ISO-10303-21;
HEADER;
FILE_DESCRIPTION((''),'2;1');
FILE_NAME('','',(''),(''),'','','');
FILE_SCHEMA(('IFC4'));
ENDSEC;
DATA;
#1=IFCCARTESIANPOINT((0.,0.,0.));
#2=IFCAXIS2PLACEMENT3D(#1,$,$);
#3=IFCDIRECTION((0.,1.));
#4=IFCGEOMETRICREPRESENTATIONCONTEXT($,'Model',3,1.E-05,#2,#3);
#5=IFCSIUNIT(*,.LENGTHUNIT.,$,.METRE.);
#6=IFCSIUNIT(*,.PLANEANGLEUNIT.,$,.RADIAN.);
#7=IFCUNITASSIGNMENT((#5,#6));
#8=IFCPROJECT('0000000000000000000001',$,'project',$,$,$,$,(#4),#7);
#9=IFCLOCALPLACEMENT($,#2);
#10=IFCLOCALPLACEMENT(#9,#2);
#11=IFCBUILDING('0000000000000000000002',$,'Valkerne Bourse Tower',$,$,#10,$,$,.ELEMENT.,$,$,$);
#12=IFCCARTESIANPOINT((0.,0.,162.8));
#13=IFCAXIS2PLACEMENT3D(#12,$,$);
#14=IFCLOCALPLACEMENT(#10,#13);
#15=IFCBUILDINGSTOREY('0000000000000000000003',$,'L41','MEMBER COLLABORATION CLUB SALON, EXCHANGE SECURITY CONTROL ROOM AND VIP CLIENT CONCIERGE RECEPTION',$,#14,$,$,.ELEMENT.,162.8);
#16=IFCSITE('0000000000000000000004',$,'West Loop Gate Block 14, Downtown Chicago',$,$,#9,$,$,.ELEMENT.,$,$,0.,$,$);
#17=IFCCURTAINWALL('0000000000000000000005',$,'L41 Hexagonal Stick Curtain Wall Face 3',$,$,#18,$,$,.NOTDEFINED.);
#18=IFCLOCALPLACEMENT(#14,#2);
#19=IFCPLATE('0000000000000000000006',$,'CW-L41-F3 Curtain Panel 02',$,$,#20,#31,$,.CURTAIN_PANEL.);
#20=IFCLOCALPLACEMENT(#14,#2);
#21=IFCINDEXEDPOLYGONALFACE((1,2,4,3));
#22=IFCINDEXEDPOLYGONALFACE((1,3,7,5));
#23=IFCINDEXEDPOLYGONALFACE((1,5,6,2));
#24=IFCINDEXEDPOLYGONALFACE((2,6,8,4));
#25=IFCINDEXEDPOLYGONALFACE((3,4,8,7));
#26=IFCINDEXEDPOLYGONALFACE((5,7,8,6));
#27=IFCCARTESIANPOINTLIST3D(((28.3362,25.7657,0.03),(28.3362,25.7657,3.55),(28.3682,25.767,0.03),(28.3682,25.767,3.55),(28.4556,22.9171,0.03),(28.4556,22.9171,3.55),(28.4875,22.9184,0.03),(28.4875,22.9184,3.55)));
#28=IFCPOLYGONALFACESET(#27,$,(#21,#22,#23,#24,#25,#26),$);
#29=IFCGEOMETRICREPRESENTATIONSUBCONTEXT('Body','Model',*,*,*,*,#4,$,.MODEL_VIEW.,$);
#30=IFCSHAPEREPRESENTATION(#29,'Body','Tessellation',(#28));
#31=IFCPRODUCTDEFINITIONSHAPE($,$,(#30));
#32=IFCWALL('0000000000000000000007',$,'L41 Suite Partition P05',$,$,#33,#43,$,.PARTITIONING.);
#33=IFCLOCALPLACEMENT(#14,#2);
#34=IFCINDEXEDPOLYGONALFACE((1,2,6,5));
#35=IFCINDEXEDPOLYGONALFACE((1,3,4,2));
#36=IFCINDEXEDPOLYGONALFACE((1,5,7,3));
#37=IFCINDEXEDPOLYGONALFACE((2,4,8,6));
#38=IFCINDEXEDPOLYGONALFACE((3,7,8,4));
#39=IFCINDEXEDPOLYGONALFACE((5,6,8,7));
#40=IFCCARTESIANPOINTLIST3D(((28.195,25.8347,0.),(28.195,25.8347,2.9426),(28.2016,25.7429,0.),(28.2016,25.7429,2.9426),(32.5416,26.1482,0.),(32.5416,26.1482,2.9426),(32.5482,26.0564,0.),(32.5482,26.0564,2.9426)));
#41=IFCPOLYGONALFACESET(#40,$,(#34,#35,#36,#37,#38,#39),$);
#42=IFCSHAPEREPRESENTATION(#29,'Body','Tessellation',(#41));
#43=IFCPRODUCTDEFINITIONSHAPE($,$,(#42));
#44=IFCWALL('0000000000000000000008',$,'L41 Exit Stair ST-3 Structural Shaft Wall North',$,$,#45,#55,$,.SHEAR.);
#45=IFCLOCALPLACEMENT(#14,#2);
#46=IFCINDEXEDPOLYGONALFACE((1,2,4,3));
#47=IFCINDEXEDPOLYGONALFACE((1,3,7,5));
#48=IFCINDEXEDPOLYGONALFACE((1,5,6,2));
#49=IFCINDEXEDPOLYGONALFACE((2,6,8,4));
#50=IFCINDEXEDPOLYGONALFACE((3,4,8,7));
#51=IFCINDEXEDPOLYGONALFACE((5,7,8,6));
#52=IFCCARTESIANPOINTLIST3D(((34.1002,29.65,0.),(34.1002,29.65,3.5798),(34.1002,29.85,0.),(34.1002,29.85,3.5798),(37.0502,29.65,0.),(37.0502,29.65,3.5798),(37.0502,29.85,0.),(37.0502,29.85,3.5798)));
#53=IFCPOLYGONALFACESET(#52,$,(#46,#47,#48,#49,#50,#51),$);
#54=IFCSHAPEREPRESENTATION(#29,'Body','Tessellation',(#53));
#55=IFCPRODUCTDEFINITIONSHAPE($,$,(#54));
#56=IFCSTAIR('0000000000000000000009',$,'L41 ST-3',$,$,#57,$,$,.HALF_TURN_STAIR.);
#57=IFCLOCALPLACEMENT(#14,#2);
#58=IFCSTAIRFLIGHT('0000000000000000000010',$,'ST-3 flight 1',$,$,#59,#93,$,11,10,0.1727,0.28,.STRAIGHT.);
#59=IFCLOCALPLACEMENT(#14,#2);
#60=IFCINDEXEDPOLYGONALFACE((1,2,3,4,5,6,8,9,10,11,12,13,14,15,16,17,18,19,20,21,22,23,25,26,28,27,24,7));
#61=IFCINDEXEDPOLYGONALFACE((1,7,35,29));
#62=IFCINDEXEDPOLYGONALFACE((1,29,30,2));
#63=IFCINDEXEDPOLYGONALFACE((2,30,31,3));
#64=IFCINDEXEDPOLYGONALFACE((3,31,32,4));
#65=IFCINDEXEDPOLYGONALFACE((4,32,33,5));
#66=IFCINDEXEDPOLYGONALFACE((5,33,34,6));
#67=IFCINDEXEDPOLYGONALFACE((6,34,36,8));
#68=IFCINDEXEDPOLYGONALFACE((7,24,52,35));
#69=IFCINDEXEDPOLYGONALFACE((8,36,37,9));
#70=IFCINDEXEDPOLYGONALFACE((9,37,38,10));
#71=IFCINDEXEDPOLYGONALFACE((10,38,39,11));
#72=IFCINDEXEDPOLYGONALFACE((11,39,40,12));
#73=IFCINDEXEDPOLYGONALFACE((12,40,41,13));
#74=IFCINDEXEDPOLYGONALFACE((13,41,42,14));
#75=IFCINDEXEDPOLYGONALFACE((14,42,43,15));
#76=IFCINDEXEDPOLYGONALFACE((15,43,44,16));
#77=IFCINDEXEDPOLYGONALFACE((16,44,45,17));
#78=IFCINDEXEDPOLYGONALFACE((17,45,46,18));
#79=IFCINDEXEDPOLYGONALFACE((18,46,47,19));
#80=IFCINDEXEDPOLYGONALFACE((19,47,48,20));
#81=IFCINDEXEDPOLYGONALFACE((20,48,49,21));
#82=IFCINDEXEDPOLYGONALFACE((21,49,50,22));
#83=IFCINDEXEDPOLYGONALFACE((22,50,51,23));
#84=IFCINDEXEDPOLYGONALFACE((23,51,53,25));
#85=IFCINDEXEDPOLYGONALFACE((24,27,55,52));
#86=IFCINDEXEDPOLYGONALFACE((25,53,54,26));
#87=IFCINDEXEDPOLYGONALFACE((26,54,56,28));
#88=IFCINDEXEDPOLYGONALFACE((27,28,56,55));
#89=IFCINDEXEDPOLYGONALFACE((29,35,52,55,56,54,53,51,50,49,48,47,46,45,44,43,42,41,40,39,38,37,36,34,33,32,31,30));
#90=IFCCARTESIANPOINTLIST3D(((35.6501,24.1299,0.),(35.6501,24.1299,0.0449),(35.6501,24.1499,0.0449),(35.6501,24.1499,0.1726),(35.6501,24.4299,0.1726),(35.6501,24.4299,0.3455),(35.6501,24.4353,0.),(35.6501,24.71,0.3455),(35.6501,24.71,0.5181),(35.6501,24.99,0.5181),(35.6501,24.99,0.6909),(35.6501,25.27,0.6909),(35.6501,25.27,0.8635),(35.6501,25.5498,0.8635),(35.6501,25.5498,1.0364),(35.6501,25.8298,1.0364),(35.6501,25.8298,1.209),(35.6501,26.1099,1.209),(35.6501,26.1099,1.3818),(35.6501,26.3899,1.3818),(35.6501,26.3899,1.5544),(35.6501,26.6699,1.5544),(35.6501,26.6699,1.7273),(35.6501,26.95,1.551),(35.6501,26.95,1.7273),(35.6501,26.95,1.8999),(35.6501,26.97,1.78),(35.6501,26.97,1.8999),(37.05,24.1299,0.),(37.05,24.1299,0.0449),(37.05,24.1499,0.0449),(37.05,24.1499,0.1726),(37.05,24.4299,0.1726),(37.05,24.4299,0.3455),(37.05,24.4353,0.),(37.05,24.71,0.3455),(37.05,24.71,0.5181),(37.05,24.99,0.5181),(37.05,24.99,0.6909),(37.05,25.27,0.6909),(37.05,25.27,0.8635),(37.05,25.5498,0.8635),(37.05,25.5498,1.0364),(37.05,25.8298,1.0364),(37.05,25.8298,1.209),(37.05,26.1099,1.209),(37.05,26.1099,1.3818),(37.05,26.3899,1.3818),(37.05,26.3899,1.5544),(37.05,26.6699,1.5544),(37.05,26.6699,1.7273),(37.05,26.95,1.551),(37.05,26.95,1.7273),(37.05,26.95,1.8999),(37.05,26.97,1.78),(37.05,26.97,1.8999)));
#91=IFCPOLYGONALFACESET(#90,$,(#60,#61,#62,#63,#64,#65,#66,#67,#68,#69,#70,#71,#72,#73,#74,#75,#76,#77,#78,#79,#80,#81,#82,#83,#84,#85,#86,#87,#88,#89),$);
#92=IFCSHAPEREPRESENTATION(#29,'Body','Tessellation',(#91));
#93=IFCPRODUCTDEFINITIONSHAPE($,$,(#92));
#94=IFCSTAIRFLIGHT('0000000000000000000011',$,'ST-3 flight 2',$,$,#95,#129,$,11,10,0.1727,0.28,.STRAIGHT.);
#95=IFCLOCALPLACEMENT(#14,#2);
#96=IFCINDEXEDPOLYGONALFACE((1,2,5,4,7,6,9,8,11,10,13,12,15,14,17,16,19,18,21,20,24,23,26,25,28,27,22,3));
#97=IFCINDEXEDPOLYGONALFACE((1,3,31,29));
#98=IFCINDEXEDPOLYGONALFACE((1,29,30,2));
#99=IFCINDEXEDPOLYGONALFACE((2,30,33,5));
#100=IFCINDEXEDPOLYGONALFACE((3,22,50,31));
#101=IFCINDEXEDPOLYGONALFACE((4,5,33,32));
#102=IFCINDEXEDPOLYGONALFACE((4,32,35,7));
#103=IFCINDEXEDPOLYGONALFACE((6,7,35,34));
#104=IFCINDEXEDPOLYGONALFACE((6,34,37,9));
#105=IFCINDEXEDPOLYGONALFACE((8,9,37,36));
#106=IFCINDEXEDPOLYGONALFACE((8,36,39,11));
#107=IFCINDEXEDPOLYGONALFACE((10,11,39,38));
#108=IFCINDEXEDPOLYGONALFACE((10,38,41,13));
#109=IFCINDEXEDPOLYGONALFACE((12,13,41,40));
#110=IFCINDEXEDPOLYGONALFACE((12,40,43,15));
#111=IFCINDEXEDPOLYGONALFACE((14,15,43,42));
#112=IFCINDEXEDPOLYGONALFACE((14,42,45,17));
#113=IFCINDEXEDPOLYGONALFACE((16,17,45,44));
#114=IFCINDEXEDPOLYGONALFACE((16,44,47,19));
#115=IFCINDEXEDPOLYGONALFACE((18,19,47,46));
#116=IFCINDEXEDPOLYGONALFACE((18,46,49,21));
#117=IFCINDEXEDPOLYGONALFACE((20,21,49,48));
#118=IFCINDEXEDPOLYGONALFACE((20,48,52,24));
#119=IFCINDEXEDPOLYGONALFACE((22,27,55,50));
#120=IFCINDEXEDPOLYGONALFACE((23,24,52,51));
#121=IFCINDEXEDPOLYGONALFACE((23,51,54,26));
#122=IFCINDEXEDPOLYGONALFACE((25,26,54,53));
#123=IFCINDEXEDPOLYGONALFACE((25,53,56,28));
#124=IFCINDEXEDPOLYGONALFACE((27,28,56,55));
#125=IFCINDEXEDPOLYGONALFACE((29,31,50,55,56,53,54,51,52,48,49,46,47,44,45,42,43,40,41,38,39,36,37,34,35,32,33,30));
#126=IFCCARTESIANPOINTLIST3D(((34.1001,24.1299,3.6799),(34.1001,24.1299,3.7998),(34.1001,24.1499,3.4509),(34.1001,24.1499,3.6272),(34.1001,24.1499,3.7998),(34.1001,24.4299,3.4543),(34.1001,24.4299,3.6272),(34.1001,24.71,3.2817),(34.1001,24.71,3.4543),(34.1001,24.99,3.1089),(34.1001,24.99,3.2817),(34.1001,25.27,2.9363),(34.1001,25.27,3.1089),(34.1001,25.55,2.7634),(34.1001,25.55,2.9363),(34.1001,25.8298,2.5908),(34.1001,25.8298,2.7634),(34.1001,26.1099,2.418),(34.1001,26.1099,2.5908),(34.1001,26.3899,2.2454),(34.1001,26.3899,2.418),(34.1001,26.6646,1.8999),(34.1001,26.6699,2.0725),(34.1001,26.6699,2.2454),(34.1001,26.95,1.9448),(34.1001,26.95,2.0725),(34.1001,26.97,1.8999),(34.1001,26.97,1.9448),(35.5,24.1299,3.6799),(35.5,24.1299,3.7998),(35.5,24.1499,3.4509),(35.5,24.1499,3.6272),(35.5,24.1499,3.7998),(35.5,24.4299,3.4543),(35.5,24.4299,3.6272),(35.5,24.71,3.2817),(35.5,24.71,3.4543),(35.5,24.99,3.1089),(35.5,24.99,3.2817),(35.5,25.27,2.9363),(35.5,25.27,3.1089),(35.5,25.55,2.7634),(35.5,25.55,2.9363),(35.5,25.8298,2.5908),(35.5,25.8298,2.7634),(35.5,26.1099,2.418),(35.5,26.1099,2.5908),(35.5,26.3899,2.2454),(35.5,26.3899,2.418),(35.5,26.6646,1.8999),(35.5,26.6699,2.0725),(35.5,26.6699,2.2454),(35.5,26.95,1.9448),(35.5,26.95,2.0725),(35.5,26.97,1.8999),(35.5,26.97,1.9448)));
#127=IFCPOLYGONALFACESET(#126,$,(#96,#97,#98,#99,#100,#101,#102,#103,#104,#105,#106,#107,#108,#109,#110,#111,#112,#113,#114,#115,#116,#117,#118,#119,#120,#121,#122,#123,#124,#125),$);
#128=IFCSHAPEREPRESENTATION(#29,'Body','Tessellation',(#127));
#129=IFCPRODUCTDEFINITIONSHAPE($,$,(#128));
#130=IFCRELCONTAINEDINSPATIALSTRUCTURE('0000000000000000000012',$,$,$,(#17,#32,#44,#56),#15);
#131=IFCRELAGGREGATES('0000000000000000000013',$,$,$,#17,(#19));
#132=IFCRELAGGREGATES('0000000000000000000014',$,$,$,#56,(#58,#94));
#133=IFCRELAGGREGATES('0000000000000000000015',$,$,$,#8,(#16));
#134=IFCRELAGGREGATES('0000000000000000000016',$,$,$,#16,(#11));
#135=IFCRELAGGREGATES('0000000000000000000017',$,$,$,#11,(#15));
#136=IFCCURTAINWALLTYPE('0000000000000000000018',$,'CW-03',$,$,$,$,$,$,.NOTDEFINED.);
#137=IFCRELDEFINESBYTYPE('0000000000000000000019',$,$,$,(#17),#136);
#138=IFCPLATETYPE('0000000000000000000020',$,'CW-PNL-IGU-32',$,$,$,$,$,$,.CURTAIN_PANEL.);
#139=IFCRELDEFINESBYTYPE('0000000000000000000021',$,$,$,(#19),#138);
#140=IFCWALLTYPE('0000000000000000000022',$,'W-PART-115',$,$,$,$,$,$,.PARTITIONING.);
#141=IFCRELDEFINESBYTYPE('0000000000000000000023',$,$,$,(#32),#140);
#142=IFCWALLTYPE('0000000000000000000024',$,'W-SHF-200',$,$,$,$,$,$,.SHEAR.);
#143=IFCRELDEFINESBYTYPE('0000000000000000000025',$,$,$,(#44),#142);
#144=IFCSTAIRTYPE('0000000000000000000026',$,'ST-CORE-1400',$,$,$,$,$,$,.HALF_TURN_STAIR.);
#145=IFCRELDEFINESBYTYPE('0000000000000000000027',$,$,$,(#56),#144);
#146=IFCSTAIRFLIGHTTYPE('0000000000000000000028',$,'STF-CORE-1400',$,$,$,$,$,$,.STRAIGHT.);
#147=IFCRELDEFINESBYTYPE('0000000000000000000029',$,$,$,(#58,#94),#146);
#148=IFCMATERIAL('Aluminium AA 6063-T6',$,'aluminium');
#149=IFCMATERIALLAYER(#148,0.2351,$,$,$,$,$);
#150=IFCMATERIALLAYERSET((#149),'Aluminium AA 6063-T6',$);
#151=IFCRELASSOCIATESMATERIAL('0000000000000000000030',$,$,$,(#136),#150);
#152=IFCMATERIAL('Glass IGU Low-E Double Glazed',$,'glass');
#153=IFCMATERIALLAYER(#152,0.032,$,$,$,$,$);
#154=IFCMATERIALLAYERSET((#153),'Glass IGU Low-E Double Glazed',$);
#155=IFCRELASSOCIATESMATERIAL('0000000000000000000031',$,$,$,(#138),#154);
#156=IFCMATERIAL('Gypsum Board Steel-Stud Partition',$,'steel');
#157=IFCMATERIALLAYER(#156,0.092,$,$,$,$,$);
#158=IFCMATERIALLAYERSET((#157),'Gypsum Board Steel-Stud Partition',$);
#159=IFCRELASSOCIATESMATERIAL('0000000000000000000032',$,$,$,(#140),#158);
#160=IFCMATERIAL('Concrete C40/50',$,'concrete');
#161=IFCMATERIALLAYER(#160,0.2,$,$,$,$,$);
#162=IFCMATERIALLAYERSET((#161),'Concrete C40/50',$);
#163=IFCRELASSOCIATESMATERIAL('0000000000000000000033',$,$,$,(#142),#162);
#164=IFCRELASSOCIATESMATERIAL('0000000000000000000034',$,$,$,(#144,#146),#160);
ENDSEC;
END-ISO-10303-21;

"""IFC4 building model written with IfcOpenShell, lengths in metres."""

from ifc_helpers import new_model, si_unit, direction, frame, frame_2d, origin, origin_2d, place, context, subcontext, project, spatial, polyline, rectangle, outline, extrude, material, layer, layer_set, type_object, element, aggregate, save


model = new_model("IFC4")

# Units and contexts
model_context = context("Model", 3, precision=1e-05, world=origin(), true_north=direction((0.0, 1.0)))
body_context = subcontext(model_context, "Body", "Model", "MODEL_VIEW")
ifc_project = project(units=[si_unit("LENGTHUNIT", "METRE"), si_unit("PLANEANGLEUNIT", "RADIAN")], contexts=[model_context])

# Site, building, storey
site_placement = place(None, origin())
site = spatial("IfcSite", under=ifc_project, at=site_placement, Name="West Loop Gate Block 14, Downtown Chicago", CompositionType="ELEMENT", RefElevation=0.0)
building_placement = place(site_placement, origin())
building = spatial("IfcBuilding", under=site, at=building_placement, Name="Valkerne Bourse Tower", CompositionType="ELEMENT")
storey_placement = place(building_placement, frame((0.0, 0.0, 162.8)))
storey = spatial("IfcBuildingStorey", under=building, at=storey_placement, Name="L41", Description="MEMBER COLLABORATION CLUB SALON, EXCHANGE SECURITY CONTROL ROOM AND VIP CLIENT CONCIERGE RECEPTION", CompositionType="ELEMENT", Elevation=162.8)

# Curtain wall, plate
ifc_material_1 = material(Name="Aluminium AA 6063-T6", Category="aluminium")
ifc_layer_1 = layer(ifc_material_1, 0.2351)
ifc_layer_set_1 = layer_set([ifc_layer_1], Name="Aluminium AA 6063-T6")
curtain_wall_type = type_object("IfcCurtainWallType", Name="CW-03", PredefinedType="NOTDEFINED", material=ifc_layer_set_1)
curtain_wall_placement = place(storey_placement, origin())
curtain_wall = element("IfcCurtainWall", 1, at=curtain_wall_placement, inside=storey, type_object=curtain_wall_type, Name="L41 Hexagonal Stick Curtain Wall Face 3", PredefinedType="NOTDEFINED")
ifc_material_2 = material(Name="Glass IGU Low-E Double Glazed", Category="glass")
ifc_layer_2 = layer(ifc_material_2, 0.032)
ifc_layer_set_2 = layer_set([ifc_layer_2], Name="Glass IGU Low-E Double Glazed")
plate_type = type_object("IfcPlateType", Name="CW-PNL-IGU-32", PredefinedType="CURTAIN_PANEL", material=ifc_layer_set_2)
plate_1_placement = place(storey_placement, frame((28.4119, 24.342, 0.03), z_axis=(0.0, 0.0, 1.0), x_axis=(0.041872, -0.999123, 0.0)))
plate_1 = element("IfcPlate", 2, at=plate_1_placement, type_object=plate_type, Name="CW-L41-F3 Curtain Panel 02", PredefinedType="CURTAIN_PANEL", context=body_context, shape_type="SweptSolid", body=[
    extrude(rectangle(XDim=2.8511, YDim=0.032, at=origin_2d()), origin(), (0.0, 0.0, 1.0), 3.52),
])
aggregate(curtain_wall, [plate_1])

# Walls
ifc_material_3 = material(Name="Gypsum Board Steel-Stud Partition", Category="steel")
ifc_layer_3 = layer(ifc_material_3, 0.092)
ifc_layer_set_3 = layer_set([ifc_layer_3], Name="Gypsum Board Steel-Stud Partition")
wall_type_1 = type_object("IfcWallType", Name="W-PART-115", PredefinedType="PARTITIONING", material=ifc_layer_set_3)
wall_1_placement = place(storey_placement, frame((32.5449, 26.1023, 0.0), z_axis=(0.0, 0.0, 1.0), x_axis=(-0.99741, -0.071932, 0.0)))
element("IfcWall", 3, at=wall_1_placement, inside=storey, type_object=wall_type_1, Name="L41 Suite Partition P05", PredefinedType="PARTITIONING", context=body_context, shape_type="SweptSolid", body=[
    extrude(rectangle(XDim=4.3579, YDim=0.092, at=frame_2d((2.179, 0.0))), origin(), (0.0, 0.0, 1.0), 2.9426),
])
ifc_material_4 = material(Name="Concrete C40/50", Category="concrete")
ifc_layer_4 = layer(ifc_material_4, 0.2)
ifc_layer_set_4 = layer_set([ifc_layer_4], Name="Concrete C40/50")
wall_type_2 = type_object("IfcWallType", Name="W-SHF-200", PredefinedType="SHEAR", material=ifc_layer_set_4)
wall_2_placement = place(storey_placement, frame((34.1001, 29.75, 0.0), z_axis=(0.0, 0.0, 1.0), x_axis=(1.0, 0.0, 0.0)))
element("IfcWall", 4, at=wall_2_placement, inside=storey, type_object=wall_type_2, Name="L41 Exit Stair ST-3 Structural Shaft Wall North", PredefinedType="SHEAR", context=body_context, shape_type="SweptSolid", body=[
    extrude(rectangle(XDim=2.95, YDim=0.2, at=frame_2d((1.4751, 0.0))), origin(), (0.0, 0.0, 1.0), 3.5798),
])

# Stair, stair flights
stair_type = type_object("IfcStairType", Name="ST-CORE-1400", PredefinedType="HALF_TURN_STAIR", material=ifc_material_4)
stair_placement = place(storey_placement, origin())
stair = element("IfcStair", 5, at=stair_placement, inside=storey, type_object=stair_type, Name="L41 ST-3", PredefinedType="HALF_TURN_STAIR")
stair_flight_type = type_object("IfcStairFlightType", Name="STF-CORE-1400", PredefinedType="STRAIGHT", material=ifc_material_4)
stair_flight_1_placement = place(storey_placement, frame((36.3501, 24.1499, 0.0), z_axis=(0.0, 0.0, 1.0), x_axis=(0.0, 1.0, 0.0)))
stair_flight_1 = element("IfcStairFlight", 6, at=stair_flight_1_placement, type_object=stair_flight_type, Name="ST-3 flight 1", NumberOfRisers=11, NumberOfTreads=10, PredefinedType="STRAIGHT", RiserHeight=0.1727, TreadLength=0.28, context=body_context, shape_type="SweptSolid", body=[
    extrude(outline(polyline([(-0.02, 0.0), (-0.02, 0.0449), (0.0, 0.0449), (0.0, 0.1726), (0.28, 0.1726), (0.28, 0.3455), (0.5601, 0.3455), (0.5601, 0.5181), (0.8401, 0.5181), (0.8401, 0.6909), (1.1201, 0.6909), (1.1201, 0.8635), (1.3999, 0.8635), (1.3999, 1.0364), (1.6799, 1.0364), (1.6799, 1.209), (1.96, 1.209), (1.96, 1.3818), (2.24, 1.3818), (2.24, 1.5544), (2.52, 1.5544), (2.52, 1.7273), (2.8, 1.7273), (2.8, 1.8999), (2.8201, 1.8999), (2.8201, 1.78), (2.8, 1.551), (0.2854, 0.0), (-0.02, 0.0)])), frame((0.0, 0.7, 0.0), z_axis=(0.0, -1.0, 0.0), x_axis=(1.0, 0.0, 0.0)), (0.0, 0.0, 1.0), 1.3999),
])
stair_flight_2_placement = place(storey_placement, frame((34.8, 26.95, 1.8999), z_axis=(0.0, 0.0, 1.0), x_axis=(0.0, -1.0, 0.0)))
stair_flight_2 = element("IfcStairFlight", 7, at=stair_flight_2_placement, type_object=stair_flight_type, Name="ST-3 flight 2", NumberOfRisers=11, NumberOfTreads=10, PredefinedType="STRAIGHT", RiserHeight=0.1727, TreadLength=0.28, context=body_context, shape_type="SweptSolid", body=[
    extrude(outline(polyline([(-0.02, 0.0), (-0.02, 0.0449), (0.0, 0.0449), (0.0, 0.1726), (0.28, 0.1726), (0.28, 0.3455), (0.5601, 0.3455), (0.5601, 0.5181), (0.8401, 0.5181), (0.8401, 0.6909), (1.1201, 0.6909), (1.1201, 0.8635), (1.3999, 0.8635), (1.3999, 1.0364), (1.6799, 1.0364), (1.6799, 1.209), (1.96, 1.209), (1.96, 1.3818), (2.24, 1.3818), (2.24, 1.5544), (2.52, 1.5544), (2.52, 1.7273), (2.8, 1.7273), (2.8, 1.8999), (2.8201, 1.8999), (2.8201, 1.78), (2.8, 1.551), (0.2854, 0.0), (-0.02, 0.0)])), frame((0.0, 0.7, 0.0), z_axis=(0.0, -1.0, 0.0), x_axis=(1.0, 0.0, 0.0)), (0.0, 0.0, 1.0), 1.3999),
])
aggregate(stair, [stair_flight_1, stair_flight_2])

save(model, "model.ifc")
